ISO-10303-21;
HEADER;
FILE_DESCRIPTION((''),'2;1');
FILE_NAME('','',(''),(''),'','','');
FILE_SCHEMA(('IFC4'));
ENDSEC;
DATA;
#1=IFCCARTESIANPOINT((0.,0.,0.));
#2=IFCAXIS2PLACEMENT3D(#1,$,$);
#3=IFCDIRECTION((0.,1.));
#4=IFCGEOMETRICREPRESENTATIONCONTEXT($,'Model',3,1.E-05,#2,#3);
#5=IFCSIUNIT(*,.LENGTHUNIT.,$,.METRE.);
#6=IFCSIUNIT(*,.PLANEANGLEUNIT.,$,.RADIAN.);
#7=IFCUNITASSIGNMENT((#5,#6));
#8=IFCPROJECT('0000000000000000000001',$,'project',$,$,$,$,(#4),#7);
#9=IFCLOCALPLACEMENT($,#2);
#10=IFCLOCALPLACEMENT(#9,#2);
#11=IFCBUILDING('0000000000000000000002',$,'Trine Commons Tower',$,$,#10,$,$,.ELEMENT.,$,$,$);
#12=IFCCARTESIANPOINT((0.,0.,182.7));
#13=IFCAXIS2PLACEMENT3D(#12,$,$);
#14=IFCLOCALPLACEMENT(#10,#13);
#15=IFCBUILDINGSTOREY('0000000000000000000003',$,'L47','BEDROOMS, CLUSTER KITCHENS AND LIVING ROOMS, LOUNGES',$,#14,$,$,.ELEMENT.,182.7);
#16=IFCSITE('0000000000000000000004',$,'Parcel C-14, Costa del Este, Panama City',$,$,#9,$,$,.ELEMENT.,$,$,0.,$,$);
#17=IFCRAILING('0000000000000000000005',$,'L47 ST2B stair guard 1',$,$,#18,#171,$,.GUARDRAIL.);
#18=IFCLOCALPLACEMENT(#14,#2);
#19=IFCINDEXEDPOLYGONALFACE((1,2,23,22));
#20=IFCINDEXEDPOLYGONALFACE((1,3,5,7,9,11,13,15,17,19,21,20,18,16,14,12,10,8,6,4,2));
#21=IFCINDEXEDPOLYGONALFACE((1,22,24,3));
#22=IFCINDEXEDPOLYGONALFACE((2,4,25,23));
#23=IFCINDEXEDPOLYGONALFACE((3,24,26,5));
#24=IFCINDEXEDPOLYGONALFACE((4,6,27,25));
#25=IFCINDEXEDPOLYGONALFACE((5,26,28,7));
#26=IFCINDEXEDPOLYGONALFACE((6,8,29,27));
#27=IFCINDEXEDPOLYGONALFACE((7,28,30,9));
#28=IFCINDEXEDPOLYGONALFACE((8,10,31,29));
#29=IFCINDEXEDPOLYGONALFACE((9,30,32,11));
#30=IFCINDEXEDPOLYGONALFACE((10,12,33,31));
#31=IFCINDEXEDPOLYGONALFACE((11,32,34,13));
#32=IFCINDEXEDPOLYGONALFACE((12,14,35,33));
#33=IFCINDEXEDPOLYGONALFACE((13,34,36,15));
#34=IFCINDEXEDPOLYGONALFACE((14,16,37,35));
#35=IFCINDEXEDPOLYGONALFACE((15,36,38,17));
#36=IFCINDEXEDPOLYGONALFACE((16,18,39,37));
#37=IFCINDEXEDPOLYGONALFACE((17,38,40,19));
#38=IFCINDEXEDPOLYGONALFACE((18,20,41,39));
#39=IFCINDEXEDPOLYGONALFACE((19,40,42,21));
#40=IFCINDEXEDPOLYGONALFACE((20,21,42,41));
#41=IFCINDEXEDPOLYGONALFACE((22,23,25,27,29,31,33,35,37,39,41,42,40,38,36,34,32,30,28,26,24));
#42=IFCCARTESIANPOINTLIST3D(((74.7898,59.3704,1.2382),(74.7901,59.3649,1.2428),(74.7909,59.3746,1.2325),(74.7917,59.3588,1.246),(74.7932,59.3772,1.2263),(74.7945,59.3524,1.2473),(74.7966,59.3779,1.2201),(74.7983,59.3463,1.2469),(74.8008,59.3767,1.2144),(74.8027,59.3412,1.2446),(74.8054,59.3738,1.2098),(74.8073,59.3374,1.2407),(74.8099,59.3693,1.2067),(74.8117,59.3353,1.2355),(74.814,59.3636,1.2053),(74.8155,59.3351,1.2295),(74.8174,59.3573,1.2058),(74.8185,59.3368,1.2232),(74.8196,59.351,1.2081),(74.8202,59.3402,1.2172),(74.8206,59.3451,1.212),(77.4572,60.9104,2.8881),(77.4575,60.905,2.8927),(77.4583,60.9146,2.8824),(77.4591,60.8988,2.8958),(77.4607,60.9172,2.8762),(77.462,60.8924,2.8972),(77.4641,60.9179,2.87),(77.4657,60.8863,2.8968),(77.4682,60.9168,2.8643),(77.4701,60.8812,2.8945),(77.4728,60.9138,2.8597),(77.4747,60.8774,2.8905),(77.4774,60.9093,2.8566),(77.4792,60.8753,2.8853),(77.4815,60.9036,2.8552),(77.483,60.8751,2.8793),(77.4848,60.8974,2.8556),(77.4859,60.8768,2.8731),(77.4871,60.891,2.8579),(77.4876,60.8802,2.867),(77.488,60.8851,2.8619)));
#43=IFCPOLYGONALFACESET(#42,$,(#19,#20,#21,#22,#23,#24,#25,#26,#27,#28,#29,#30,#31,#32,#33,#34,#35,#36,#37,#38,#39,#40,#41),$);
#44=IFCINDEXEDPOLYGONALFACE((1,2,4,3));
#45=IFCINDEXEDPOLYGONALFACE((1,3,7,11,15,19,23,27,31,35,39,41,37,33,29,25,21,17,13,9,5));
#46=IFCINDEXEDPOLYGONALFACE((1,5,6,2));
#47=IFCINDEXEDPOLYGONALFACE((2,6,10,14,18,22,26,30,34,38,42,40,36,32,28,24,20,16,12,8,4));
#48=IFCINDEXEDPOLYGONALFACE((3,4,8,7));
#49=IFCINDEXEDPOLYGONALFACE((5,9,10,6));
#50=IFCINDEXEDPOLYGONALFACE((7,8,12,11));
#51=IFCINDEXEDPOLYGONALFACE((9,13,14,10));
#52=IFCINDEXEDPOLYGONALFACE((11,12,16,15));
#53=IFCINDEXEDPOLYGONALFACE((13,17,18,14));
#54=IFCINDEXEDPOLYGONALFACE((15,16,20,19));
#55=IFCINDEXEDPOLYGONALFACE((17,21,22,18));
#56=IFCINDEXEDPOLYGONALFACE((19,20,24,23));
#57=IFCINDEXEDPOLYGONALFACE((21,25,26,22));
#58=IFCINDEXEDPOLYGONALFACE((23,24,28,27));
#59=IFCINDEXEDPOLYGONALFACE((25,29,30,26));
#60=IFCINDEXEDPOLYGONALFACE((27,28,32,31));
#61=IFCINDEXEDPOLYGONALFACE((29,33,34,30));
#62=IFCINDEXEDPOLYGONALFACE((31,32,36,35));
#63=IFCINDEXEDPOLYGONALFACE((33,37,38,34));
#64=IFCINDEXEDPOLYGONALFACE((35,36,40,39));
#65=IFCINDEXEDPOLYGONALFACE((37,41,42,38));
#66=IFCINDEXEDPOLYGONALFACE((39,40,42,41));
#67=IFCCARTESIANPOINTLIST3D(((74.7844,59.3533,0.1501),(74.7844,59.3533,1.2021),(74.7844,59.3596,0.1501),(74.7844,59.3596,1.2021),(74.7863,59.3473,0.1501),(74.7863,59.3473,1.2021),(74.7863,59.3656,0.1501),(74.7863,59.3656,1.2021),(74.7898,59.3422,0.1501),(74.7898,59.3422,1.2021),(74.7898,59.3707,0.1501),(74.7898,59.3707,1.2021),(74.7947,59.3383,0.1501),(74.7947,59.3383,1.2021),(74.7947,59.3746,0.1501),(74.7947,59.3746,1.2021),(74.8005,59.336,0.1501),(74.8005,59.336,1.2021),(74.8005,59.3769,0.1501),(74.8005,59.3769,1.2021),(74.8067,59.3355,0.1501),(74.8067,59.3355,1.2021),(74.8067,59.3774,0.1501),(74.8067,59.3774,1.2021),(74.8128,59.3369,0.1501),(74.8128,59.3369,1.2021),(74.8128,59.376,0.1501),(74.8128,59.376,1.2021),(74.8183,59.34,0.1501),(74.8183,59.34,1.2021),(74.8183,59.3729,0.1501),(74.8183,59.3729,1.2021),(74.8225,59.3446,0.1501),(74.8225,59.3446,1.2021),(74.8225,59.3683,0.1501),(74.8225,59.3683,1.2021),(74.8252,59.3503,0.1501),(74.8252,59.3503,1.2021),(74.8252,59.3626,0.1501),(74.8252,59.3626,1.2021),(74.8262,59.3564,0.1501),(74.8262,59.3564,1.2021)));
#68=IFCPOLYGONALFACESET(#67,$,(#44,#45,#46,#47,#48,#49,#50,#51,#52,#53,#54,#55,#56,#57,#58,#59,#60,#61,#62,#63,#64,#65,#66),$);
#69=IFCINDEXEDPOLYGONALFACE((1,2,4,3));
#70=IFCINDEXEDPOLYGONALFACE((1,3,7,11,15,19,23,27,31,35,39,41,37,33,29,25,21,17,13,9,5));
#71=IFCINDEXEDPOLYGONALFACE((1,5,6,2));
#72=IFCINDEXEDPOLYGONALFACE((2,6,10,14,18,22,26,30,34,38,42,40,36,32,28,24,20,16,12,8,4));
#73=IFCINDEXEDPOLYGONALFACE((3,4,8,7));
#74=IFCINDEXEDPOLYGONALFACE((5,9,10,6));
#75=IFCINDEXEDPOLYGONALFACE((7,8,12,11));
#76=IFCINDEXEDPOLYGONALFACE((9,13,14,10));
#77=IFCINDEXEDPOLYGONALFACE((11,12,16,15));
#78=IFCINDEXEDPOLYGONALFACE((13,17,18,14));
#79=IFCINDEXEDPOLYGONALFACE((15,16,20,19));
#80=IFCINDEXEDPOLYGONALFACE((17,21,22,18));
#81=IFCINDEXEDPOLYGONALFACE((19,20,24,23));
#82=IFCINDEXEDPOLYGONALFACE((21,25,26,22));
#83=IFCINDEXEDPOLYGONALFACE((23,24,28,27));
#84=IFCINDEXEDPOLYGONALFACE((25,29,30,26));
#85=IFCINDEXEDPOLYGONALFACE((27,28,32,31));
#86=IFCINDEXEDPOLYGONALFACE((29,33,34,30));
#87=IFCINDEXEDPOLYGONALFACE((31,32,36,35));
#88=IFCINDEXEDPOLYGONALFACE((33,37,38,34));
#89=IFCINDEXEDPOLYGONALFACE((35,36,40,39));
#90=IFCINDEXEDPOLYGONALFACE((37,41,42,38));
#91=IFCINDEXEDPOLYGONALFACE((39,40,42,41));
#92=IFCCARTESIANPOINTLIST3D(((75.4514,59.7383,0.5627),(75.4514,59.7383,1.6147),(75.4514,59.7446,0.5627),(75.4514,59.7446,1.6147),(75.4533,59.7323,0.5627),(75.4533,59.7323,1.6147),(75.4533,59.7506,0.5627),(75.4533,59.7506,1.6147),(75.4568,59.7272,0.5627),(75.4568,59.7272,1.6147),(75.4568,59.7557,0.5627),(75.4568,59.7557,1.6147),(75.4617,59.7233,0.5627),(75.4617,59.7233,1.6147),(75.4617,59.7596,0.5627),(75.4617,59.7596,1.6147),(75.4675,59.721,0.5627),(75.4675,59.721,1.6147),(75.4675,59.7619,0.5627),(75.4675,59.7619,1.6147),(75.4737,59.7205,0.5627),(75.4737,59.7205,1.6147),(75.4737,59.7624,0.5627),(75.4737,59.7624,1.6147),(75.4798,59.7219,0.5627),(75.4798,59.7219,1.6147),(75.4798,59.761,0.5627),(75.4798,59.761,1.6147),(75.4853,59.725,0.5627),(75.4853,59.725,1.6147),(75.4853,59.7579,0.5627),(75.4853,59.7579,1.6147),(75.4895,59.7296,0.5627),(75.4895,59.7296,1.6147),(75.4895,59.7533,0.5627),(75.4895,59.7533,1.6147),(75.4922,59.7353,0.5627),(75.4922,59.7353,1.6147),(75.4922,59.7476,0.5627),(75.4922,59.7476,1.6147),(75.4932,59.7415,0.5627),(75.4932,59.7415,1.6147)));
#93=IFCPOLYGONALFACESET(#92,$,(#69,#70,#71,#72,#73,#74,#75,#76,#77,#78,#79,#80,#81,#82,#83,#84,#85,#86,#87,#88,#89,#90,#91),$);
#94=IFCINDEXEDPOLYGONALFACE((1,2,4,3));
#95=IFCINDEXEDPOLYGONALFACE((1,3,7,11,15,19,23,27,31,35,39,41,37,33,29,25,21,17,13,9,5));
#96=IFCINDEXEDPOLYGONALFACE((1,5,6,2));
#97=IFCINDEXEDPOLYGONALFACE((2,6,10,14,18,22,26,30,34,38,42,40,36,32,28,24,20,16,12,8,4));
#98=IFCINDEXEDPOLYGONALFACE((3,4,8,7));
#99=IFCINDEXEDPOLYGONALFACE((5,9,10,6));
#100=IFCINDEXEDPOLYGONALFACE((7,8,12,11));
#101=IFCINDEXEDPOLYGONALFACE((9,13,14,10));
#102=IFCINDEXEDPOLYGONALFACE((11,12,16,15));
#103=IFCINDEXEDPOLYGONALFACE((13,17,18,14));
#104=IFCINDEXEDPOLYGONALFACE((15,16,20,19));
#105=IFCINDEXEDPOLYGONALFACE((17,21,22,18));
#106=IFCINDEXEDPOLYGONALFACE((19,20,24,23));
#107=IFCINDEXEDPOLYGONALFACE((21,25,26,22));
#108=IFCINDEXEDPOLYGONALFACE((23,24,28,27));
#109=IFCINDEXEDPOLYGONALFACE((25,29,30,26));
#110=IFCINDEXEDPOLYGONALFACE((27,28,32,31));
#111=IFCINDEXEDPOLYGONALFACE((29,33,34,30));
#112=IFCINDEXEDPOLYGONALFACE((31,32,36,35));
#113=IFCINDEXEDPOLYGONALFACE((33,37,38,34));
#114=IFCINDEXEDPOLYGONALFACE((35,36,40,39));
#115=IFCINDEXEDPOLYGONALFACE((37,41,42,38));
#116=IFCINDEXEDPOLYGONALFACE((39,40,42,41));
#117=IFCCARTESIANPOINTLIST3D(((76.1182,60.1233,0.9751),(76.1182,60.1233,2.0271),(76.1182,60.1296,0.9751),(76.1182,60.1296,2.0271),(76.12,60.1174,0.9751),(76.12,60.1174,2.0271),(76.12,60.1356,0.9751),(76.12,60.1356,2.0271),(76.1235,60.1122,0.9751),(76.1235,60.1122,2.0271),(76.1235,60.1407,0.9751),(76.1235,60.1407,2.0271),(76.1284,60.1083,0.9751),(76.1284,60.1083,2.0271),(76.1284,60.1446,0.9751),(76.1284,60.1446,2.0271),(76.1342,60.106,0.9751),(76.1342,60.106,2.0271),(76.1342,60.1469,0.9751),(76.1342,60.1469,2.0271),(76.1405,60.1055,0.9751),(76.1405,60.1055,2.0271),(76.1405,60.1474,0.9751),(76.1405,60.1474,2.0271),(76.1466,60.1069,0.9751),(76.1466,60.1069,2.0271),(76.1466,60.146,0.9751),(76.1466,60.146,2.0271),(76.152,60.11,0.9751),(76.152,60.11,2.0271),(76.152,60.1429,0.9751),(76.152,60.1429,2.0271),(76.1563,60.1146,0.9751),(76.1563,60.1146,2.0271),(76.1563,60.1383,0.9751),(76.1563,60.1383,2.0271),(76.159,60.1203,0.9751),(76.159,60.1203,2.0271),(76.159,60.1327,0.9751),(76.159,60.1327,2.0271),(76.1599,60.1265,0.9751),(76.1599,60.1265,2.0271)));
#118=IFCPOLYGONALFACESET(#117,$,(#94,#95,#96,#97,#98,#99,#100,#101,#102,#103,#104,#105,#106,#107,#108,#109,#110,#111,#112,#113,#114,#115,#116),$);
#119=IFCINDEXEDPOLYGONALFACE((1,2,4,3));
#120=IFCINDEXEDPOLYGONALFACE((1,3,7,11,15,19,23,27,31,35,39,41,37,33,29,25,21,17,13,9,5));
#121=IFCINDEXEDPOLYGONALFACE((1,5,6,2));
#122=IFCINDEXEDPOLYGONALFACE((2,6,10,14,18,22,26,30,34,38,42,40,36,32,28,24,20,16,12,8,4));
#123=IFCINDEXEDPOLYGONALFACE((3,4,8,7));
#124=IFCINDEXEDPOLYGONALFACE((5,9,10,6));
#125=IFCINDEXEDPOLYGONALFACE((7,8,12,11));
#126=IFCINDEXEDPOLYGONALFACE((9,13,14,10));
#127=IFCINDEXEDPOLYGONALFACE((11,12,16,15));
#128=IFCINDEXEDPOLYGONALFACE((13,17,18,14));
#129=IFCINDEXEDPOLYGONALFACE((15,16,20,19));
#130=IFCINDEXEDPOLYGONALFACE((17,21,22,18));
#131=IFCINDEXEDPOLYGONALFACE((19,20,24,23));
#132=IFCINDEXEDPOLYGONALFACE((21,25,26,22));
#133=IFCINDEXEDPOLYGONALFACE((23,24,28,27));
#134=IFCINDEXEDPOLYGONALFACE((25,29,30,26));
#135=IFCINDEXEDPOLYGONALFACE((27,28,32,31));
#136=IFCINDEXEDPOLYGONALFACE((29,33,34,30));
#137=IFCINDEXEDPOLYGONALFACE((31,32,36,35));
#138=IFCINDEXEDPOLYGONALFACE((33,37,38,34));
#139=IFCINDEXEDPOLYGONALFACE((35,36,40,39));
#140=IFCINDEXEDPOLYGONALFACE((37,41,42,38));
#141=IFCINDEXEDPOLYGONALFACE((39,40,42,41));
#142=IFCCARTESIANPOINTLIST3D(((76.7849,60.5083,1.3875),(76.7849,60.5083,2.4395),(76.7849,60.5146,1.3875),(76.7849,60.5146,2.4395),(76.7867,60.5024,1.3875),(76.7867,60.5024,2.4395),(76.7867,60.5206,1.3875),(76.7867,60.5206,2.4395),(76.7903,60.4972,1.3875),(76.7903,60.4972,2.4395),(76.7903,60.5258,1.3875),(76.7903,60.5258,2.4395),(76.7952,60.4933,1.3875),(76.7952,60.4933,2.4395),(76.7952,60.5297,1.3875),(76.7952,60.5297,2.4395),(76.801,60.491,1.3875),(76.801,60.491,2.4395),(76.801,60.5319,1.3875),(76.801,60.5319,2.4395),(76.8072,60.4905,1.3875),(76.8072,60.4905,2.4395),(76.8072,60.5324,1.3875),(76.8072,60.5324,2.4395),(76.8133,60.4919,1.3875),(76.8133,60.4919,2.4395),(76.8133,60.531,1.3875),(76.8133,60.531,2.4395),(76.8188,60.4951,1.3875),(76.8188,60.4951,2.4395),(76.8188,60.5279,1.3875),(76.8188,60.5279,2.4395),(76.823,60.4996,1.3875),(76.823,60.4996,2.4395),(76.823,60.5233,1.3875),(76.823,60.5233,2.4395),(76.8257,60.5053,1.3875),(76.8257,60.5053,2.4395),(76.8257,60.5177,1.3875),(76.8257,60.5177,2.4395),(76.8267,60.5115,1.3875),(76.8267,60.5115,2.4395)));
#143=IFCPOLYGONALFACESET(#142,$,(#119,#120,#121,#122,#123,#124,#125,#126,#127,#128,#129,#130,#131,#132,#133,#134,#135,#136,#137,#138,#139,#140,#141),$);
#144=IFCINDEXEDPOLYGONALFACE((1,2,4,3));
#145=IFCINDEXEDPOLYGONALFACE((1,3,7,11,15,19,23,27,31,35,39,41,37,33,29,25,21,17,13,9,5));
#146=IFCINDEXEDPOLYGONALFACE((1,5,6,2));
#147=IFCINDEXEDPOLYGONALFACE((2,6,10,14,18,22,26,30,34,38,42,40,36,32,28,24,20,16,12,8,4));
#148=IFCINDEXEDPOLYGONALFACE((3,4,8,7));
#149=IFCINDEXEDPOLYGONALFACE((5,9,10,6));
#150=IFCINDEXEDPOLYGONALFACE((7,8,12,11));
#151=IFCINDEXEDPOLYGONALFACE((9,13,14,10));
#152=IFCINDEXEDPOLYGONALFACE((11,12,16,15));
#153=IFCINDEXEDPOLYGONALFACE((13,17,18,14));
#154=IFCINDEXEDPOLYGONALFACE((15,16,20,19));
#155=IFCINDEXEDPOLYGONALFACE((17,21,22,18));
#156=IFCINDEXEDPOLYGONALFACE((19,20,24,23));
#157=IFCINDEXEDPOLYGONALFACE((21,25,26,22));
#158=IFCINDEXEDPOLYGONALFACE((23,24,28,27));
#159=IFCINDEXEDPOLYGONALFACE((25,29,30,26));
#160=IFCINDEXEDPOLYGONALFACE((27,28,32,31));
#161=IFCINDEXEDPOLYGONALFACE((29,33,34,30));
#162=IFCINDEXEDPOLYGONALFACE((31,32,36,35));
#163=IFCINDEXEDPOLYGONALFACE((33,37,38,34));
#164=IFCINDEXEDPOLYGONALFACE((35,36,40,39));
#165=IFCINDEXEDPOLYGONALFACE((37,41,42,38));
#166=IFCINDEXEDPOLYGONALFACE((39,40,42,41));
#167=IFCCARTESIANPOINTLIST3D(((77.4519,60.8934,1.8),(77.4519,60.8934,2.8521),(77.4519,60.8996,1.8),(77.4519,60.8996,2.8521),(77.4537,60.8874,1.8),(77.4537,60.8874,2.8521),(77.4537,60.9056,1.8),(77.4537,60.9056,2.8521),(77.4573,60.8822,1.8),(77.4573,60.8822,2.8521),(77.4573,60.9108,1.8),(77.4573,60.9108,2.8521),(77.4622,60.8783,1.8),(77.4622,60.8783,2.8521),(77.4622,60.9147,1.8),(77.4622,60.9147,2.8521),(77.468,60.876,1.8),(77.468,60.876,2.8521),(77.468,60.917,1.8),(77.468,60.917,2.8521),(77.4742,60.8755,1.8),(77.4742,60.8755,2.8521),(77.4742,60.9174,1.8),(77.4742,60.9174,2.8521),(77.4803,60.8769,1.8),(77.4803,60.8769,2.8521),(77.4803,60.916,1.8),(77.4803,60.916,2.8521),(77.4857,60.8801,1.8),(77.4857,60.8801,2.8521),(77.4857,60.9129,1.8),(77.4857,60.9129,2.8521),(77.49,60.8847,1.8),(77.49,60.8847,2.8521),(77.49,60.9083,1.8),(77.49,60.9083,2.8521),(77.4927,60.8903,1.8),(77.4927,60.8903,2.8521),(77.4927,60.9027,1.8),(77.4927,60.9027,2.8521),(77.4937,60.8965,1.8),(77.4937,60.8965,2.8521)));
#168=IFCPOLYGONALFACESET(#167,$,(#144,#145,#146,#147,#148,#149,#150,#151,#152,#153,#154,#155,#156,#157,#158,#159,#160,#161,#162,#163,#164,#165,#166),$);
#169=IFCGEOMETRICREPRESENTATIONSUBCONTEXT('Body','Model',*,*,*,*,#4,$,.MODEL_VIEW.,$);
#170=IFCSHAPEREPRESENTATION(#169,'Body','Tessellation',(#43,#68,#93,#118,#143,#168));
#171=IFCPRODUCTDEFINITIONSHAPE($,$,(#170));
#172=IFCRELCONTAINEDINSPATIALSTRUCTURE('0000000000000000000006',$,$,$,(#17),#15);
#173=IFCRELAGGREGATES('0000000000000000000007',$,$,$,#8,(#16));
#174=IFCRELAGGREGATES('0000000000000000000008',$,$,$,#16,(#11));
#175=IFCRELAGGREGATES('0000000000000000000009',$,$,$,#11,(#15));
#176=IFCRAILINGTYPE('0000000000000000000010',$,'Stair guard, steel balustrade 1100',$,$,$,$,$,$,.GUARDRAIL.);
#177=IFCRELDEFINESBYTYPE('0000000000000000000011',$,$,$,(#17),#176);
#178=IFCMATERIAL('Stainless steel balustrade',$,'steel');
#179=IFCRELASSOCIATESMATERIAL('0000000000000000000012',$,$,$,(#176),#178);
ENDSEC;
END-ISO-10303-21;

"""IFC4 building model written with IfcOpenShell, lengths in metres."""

from ifc_helpers import new_model, si_unit, direction, frame, origin, origin_2d, place, context, subcontext, project, spatial, circle, extrude, material, type_object, element, save


model = new_model("IFC4")

# Units and contexts
model_context = context("Model", 3, precision=1e-05, world=origin(), true_north=direction((0.0, 1.0)))
body_context = subcontext(model_context, "Body", "Model", "MODEL_VIEW")
ifc_project = project(units=[si_unit("LENGTHUNIT", "METRE"), si_unit("PLANEANGLEUNIT", "RADIAN")], contexts=[model_context])

# Site, building, storey
site_placement = place(None, origin())
site = spatial("IfcSite", under=ifc_project, at=site_placement, Name="Parcel C-14, Costa del Este, Panama City", CompositionType="ELEMENT", RefElevation=0.0)
building_placement = place(site_placement, origin())
building = spatial("IfcBuilding", under=site, at=building_placement, Name="Trine Commons Tower", CompositionType="ELEMENT")
storey_placement = place(building_placement, frame((0.0, 0.0, 182.7)))
storey = spatial("IfcBuildingStorey", under=building, at=storey_placement, Name="L47", Description="BEDROOMS, CLUSTER KITCHENS AND LIVING ROOMS, LOUNGES", CompositionType="ELEMENT", Elevation=182.7)

# Railing
ifc_material_1 = material(Name="Stainless steel balustrade", Category="steel")
railing_type_1 = type_object("IfcRailingType", Name="Stair guard, steel balustrade 1100", PredefinedType="GUARDRAIL", material=ifc_material_1)
railing_1_placement = place(storey_placement, frame((74.8052, 59.3564, 0.1501)))
element("IfcRailing", 1, at=railing_1_placement, inside=storey, type_object=railing_type_1, Name="L47 ST2B stair guard 1", PredefinedType="GUARDRAIL", context=body_context, shape_type="SweptSolid", body=[
    extrude(circle(Radius=0.0239, at=origin_2d()), frame((0.0, 0.0, 1.0762), z_axis=(0.763405, 0.440743, 0.472185), x_axis=(-0.499992, 0.86603, 0.0)), (0.0, 0.0, 1.0), 3.4941),
    extrude(circle(Radius=0.021, at=origin_2d()), origin(), (0.0, 0.0, 1.0), 1.052),
    extrude(circle(Radius=0.021, at=origin_2d()), frame((0.667, 0.385, 0.4126)), (0.0, 0.0, 1.0), 1.052),
    extrude(circle(Radius=0.021, at=origin_2d()), frame((1.3337, 0.77, 0.825)), (0.0, 0.0, 1.0), 1.052),
    extrude(circle(Radius=0.021, at=origin_2d()), frame((2.0005, 1.155, 1.2373)), (0.0, 0.0, 1.0), 1.052),
    extrude(circle(Radius=0.021, at=origin_2d()), frame((2.6675, 1.54, 1.6499)), (0.0, 0.0, 1.0), 1.052),
])

save(model, "model.ifc")
